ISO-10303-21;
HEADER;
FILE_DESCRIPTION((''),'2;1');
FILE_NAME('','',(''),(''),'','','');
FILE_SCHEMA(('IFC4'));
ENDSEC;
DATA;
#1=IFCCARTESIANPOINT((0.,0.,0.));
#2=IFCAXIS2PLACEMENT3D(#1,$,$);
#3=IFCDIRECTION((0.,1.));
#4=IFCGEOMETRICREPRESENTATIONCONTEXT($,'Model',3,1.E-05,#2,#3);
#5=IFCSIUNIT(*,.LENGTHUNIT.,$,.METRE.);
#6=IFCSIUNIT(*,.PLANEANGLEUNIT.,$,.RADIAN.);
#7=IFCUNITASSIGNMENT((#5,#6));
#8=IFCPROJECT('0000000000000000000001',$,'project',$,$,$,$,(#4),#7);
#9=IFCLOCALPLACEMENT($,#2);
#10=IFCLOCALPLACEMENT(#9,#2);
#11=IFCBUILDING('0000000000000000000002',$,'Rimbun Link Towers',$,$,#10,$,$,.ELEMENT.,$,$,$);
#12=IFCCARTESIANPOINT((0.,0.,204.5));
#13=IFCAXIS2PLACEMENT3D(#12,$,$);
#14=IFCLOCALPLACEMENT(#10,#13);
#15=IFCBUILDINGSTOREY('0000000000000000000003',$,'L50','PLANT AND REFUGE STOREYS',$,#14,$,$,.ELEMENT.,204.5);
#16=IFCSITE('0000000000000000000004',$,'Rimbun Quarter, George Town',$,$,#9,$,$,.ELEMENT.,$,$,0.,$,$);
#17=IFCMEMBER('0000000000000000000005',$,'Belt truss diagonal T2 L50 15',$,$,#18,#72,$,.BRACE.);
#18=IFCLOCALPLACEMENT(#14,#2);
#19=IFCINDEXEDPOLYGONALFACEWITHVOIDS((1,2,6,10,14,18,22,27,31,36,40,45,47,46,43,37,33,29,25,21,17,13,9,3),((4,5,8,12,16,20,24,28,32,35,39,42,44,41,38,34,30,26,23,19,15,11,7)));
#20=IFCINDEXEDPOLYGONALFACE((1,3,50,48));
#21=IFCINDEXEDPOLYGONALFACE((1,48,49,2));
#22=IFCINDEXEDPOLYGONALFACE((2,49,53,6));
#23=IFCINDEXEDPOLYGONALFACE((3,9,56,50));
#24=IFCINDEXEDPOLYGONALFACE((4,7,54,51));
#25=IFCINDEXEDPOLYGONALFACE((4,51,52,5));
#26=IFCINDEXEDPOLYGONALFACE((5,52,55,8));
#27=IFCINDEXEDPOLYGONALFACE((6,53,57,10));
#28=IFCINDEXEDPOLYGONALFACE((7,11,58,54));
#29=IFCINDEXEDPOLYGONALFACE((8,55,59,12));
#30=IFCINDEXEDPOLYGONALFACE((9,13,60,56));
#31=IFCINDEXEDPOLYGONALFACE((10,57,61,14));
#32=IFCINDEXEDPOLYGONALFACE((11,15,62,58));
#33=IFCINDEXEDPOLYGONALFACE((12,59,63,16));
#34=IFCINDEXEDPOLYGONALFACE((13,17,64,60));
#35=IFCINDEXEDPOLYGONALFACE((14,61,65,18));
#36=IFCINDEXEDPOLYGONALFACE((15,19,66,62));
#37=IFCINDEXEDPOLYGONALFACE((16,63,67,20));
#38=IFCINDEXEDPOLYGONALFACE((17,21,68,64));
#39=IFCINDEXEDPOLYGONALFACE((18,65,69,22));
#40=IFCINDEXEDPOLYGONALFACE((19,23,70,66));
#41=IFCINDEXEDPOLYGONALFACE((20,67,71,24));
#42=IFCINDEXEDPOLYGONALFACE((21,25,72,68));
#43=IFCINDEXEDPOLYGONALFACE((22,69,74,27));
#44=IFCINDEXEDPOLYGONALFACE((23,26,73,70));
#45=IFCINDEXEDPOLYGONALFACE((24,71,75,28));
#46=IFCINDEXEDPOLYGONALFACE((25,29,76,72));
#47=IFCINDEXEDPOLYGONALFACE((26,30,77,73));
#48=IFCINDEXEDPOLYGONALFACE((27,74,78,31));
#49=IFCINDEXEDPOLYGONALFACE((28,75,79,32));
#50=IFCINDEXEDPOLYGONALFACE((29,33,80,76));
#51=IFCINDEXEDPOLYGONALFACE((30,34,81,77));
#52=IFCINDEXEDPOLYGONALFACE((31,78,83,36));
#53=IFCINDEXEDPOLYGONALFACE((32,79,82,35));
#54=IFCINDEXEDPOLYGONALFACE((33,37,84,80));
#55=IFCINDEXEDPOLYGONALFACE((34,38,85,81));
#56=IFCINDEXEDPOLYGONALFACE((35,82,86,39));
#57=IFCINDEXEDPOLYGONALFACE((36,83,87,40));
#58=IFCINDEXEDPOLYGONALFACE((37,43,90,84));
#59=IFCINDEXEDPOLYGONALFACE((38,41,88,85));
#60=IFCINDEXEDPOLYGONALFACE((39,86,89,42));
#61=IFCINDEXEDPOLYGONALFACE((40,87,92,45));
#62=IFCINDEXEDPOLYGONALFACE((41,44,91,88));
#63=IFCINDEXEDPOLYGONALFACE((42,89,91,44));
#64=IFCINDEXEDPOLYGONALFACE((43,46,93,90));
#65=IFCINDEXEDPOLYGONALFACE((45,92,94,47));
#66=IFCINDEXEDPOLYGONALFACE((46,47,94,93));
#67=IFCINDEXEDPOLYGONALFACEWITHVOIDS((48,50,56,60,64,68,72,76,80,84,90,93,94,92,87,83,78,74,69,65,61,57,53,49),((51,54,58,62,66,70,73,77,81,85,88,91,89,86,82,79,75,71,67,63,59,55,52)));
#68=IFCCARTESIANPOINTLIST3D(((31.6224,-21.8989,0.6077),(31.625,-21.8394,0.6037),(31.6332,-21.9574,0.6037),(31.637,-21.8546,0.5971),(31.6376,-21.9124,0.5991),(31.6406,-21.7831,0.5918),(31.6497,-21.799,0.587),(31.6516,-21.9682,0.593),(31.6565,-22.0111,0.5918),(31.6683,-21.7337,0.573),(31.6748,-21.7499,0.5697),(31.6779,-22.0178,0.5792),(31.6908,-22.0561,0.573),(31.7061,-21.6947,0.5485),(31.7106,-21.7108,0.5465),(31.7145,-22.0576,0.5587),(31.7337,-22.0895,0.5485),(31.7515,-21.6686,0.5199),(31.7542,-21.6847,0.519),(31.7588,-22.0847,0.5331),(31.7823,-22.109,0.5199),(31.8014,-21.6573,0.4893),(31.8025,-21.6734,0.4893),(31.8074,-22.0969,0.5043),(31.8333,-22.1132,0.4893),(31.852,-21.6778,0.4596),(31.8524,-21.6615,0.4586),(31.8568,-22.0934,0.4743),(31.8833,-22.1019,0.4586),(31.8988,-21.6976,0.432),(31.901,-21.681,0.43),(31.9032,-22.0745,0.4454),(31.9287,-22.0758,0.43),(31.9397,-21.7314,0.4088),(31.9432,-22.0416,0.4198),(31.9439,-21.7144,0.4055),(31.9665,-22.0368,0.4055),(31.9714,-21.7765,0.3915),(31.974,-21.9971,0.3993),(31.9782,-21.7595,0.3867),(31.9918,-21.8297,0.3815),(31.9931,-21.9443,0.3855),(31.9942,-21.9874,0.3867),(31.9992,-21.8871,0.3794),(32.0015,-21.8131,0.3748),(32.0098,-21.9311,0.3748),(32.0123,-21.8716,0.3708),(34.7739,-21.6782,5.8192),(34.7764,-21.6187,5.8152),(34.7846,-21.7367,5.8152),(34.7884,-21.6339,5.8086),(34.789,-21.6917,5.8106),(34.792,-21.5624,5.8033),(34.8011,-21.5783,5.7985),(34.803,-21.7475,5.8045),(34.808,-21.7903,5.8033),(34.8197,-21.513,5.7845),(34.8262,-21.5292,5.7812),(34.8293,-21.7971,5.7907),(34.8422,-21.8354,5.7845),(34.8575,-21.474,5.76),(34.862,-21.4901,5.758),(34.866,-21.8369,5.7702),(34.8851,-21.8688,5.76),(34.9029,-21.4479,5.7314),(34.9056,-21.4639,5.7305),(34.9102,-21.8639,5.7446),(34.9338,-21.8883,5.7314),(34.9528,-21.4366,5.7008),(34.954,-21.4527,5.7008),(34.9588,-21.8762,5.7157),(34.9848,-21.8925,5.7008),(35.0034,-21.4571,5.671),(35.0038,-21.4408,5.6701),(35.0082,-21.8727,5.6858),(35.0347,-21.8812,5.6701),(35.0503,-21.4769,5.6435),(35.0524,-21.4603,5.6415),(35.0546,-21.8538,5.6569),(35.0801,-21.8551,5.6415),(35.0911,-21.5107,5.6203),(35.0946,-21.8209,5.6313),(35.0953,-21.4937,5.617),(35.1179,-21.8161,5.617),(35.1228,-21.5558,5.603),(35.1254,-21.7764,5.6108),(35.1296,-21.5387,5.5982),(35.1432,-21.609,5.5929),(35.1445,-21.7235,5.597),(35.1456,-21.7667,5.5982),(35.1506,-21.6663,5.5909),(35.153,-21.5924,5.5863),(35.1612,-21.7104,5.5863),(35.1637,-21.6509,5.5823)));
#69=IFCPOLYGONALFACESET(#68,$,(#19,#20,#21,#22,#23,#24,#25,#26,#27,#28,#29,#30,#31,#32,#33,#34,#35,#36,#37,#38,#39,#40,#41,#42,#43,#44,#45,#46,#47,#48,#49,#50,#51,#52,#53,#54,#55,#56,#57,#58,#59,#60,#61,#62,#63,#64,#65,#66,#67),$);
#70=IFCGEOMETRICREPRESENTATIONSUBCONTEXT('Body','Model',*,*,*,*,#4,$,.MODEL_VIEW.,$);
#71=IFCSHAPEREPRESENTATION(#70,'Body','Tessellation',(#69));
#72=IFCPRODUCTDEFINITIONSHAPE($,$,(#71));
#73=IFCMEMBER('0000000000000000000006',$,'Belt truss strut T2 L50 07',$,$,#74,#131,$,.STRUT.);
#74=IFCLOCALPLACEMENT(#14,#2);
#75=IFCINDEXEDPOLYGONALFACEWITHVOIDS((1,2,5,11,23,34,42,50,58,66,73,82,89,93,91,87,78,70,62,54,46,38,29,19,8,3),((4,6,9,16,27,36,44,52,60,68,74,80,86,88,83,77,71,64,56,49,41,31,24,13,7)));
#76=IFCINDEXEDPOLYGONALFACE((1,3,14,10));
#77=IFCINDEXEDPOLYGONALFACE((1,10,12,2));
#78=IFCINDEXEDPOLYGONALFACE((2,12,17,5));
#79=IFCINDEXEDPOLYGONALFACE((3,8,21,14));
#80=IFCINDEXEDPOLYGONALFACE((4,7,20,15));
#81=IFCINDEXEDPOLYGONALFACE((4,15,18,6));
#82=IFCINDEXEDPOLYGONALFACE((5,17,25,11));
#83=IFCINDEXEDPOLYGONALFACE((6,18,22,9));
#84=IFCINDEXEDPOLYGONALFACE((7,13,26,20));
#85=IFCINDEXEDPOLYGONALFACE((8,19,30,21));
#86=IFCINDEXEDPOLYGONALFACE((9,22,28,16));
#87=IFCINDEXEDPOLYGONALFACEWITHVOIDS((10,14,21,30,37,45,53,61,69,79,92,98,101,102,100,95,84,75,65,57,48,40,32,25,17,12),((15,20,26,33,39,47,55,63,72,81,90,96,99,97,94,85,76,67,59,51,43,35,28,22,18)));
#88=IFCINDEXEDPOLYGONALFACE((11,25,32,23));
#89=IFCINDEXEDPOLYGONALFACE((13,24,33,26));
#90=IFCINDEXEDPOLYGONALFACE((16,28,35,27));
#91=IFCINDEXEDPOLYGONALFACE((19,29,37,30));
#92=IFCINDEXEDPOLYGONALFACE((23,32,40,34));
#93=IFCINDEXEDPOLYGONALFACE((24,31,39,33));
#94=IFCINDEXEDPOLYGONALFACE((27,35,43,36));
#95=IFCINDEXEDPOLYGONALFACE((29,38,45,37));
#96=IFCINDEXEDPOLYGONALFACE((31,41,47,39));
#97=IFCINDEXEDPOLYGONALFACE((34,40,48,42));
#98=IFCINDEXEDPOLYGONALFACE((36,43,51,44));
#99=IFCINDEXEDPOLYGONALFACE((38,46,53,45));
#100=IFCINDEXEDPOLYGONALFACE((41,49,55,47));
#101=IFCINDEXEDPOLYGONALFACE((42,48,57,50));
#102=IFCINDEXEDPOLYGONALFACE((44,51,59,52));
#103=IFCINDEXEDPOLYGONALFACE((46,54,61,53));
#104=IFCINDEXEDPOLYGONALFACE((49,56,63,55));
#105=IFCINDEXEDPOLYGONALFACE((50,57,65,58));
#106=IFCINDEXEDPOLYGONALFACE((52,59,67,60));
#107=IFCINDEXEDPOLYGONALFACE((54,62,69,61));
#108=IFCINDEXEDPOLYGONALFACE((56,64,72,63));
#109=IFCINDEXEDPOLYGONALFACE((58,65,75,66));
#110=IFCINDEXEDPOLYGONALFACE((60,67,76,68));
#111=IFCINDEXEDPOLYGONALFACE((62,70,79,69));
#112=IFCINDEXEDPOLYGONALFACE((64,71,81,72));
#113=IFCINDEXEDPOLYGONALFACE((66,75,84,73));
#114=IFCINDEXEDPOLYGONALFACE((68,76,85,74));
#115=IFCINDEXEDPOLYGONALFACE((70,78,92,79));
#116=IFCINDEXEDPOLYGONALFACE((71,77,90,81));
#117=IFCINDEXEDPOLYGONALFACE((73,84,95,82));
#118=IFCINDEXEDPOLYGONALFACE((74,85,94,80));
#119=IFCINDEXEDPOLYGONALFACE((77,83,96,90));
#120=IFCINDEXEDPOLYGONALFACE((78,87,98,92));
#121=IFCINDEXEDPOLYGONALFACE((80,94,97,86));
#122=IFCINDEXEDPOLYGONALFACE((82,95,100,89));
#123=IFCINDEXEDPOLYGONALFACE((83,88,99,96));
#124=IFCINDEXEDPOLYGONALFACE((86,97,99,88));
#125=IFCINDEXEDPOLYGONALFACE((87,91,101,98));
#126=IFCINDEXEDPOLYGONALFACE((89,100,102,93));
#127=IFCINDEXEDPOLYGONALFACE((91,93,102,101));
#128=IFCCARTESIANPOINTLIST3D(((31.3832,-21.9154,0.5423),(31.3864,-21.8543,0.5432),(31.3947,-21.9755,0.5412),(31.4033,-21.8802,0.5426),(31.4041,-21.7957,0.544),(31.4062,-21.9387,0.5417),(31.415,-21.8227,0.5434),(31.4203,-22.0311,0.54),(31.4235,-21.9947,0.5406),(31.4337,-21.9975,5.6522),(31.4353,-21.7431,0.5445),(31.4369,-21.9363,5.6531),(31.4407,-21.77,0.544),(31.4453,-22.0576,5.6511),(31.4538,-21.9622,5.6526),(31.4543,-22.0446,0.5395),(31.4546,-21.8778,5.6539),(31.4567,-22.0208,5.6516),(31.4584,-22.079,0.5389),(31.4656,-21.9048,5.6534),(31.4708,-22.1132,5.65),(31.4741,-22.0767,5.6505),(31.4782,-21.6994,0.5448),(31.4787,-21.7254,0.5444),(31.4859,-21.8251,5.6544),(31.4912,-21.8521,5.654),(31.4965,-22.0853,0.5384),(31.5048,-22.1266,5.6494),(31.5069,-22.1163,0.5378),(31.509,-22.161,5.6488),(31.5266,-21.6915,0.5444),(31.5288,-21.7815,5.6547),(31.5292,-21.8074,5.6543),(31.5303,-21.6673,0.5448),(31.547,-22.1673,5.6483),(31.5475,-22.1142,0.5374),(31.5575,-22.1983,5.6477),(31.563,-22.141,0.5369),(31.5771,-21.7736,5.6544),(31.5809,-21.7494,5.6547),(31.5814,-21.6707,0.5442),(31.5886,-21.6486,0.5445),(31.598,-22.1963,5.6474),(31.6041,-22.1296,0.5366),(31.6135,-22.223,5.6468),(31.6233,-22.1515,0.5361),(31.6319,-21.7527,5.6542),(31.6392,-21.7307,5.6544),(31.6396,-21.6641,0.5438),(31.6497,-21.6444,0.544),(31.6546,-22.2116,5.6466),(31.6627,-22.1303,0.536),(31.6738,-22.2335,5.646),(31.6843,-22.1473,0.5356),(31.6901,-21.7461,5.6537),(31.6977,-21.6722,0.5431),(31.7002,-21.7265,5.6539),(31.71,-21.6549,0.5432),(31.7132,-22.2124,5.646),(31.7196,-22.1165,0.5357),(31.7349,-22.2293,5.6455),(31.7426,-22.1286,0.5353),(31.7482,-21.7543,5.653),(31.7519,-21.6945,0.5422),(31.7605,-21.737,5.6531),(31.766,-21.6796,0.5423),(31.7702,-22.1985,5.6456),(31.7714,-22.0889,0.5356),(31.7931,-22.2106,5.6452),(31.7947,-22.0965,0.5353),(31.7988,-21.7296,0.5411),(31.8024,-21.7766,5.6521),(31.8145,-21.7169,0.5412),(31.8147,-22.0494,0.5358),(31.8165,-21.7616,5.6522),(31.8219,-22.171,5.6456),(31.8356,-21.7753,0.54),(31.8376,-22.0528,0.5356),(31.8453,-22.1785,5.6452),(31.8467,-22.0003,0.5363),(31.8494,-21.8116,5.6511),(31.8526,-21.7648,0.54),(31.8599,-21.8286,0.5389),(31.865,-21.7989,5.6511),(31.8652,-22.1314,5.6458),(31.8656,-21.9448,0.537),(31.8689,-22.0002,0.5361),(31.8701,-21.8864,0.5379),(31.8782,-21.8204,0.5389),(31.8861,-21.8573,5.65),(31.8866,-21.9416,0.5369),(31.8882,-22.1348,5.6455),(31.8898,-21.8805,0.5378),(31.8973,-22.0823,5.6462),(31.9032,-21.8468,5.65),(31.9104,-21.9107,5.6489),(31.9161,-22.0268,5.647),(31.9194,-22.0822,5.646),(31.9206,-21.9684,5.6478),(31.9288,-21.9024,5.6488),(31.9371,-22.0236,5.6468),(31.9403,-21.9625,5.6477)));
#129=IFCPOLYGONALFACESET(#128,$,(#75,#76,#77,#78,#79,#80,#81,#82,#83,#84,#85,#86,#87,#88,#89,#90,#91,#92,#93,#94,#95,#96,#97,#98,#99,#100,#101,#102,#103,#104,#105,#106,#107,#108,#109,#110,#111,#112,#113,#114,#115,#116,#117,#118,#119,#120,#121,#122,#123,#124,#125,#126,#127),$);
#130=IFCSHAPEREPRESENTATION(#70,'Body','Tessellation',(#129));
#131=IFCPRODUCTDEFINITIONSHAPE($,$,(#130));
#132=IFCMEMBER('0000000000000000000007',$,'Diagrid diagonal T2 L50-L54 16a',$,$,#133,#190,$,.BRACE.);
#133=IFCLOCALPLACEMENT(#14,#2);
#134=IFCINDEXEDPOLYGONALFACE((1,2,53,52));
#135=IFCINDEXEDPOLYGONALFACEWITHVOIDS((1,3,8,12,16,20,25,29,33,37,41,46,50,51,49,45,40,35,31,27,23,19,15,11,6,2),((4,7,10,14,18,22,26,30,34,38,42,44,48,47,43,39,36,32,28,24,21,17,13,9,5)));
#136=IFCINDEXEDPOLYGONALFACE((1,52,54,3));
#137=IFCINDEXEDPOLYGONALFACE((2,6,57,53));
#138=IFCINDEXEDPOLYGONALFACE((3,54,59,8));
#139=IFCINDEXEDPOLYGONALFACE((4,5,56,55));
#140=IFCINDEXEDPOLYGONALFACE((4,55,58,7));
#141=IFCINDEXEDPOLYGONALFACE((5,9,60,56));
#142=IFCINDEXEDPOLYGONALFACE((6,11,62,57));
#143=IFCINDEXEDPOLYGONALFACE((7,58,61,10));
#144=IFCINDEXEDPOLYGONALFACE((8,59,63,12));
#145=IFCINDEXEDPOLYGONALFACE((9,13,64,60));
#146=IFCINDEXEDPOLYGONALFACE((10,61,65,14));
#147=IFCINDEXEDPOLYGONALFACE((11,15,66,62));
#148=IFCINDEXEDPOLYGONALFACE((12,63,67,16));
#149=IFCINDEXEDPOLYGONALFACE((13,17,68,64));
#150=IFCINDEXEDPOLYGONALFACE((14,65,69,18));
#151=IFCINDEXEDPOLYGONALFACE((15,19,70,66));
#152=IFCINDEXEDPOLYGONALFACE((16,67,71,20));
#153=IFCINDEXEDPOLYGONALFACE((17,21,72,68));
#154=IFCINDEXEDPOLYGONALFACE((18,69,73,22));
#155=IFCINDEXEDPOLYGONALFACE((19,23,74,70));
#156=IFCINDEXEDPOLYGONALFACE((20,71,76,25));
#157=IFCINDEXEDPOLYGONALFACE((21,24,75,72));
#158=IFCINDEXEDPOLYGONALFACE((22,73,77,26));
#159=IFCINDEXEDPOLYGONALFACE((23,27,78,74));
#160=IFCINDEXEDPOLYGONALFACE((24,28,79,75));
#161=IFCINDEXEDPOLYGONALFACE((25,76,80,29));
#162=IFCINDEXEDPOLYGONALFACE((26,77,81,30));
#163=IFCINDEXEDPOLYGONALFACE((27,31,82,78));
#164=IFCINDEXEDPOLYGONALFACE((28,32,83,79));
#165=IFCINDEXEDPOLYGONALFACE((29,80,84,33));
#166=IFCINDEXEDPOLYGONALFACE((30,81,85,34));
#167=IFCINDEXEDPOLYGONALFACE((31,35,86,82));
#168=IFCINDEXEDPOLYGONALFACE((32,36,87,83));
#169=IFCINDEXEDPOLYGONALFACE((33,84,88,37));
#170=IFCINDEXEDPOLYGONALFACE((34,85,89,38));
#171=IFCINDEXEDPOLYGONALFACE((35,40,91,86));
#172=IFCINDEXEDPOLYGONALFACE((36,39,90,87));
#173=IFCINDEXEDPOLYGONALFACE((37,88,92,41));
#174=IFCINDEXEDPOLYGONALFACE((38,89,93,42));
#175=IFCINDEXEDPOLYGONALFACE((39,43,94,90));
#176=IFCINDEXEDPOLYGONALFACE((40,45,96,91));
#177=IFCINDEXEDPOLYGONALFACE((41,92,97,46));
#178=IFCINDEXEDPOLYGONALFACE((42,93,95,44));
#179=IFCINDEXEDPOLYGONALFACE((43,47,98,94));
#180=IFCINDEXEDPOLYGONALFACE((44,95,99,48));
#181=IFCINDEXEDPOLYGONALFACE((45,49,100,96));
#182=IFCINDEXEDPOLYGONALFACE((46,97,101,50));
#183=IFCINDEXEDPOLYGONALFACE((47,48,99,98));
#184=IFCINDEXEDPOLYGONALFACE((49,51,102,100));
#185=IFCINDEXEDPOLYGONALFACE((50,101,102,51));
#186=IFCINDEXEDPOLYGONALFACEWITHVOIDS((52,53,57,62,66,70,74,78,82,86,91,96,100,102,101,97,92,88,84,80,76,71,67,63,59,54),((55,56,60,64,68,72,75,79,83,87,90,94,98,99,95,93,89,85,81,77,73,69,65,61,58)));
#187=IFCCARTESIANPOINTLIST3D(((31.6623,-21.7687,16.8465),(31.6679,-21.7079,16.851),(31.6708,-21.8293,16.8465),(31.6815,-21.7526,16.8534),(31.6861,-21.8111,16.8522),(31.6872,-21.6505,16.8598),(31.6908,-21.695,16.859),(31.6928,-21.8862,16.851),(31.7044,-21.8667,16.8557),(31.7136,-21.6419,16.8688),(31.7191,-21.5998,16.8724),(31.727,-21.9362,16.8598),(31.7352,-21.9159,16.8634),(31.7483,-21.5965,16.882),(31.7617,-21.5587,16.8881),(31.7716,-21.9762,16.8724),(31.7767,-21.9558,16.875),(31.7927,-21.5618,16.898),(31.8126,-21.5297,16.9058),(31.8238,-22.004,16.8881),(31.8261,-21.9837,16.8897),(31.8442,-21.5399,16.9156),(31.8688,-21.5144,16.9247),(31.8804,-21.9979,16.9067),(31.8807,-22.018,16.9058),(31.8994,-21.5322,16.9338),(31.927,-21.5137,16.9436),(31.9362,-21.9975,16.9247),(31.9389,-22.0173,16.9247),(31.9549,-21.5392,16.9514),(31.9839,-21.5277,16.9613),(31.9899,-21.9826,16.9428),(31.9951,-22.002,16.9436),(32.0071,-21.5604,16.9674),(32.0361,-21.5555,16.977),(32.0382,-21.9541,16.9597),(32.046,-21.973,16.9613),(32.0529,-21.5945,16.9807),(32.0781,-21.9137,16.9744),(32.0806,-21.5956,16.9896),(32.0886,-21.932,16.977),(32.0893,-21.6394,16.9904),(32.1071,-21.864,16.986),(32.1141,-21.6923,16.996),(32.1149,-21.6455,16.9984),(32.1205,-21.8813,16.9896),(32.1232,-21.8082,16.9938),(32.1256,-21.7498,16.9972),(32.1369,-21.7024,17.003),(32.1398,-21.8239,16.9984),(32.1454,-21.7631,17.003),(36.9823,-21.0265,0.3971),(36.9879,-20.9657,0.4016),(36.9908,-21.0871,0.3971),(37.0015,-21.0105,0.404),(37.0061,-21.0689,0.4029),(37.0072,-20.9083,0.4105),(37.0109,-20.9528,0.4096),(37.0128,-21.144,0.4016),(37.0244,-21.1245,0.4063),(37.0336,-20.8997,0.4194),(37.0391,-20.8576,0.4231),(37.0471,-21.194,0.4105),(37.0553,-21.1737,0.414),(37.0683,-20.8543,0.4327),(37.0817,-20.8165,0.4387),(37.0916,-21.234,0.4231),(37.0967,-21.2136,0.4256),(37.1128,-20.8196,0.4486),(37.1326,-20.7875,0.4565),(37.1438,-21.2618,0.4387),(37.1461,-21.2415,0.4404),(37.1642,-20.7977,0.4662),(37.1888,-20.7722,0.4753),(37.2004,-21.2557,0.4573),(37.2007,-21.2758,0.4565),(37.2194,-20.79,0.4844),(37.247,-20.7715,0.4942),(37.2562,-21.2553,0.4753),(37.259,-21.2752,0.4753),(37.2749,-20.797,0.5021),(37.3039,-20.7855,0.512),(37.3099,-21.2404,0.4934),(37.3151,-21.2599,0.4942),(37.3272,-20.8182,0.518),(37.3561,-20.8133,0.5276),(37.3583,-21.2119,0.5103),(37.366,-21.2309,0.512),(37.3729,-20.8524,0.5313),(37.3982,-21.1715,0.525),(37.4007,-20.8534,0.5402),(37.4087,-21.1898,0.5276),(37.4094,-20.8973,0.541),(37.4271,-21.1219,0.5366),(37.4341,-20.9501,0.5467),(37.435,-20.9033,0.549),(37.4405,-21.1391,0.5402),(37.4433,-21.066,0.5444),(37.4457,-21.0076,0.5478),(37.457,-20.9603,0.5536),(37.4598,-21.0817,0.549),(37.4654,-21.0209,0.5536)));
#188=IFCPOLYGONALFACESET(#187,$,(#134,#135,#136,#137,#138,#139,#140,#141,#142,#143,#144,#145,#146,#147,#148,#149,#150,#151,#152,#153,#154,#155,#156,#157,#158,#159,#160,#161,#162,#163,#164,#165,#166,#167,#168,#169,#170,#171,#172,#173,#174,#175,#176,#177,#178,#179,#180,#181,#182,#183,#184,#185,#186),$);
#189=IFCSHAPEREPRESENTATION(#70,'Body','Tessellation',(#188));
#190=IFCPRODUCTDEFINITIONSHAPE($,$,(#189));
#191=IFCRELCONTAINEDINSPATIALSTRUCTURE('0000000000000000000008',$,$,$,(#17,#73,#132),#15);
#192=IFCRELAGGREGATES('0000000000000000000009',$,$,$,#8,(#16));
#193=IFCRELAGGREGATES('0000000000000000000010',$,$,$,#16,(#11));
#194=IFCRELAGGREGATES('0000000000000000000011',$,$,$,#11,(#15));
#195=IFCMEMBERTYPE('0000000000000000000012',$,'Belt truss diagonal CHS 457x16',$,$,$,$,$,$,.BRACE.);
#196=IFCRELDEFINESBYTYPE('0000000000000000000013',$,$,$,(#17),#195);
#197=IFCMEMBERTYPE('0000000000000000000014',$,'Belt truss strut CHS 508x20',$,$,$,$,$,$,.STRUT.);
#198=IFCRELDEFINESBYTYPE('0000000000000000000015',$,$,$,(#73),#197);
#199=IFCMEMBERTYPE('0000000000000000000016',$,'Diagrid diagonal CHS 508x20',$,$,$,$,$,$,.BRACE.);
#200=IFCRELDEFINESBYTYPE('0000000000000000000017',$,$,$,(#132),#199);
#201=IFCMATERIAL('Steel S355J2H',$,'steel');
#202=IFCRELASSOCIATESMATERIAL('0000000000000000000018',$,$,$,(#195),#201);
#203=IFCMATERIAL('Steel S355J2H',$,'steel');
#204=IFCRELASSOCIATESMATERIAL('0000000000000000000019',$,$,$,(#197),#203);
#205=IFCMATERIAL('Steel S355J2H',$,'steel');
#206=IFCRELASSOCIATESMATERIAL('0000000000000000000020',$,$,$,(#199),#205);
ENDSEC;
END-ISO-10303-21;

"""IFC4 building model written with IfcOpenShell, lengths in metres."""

from ifc_helpers import new_model, si_unit, direction, frame, origin, origin_2d, place, context, subcontext, project, spatial, hollow_circle, extrude, material, material_profile, profile_set, type_object, element, save


model = new_model("IFC4")

# Units and contexts
model_context = context("Model", 3, precision=1e-05, world=origin(), true_north=direction((0.0, 1.0)))
body_context = subcontext(model_context, "Body", "Model", "MODEL_VIEW")
ifc_project = project(units=[si_unit("LENGTHUNIT", "METRE"), si_unit("PLANEANGLEUNIT", "RADIAN")], contexts=[model_context])

# Site, building, storey
site_placement = place(None, origin())
site = spatial("IfcSite", under=ifc_project, at=site_placement, Name="Rimbun Quarter, George Town", CompositionType="ELEMENT", RefElevation=0.0)
building_placement = place(site_placement, origin())
building = spatial("IfcBuilding", under=site, at=building_placement, Name="Rimbun Link Towers", CompositionType="ELEMENT")
storey_placement = place(building_placement, frame((0.0, 0.0, 204.5)))
storey = spatial("IfcBuildingStorey", under=building, at=storey_placement, Name="L50", Description="PLANT AND REFUGE STOREYS", CompositionType="ELEMENT", Elevation=204.5)

# Members
ifc_material_1 = material(Name="Steel S355J2H", Category="steel")
ifc_material_profile_1 = material_profile(ifc_material_1, hollow_circle(Radius=0.2285, WallThickness=0.0161, at=origin_2d()), Name="Belt truss diagonal CHS 457x16")
ifc_profile_set_1 = profile_set([ifc_material_profile_1], Name="Steel S355J2H")
member_type_1 = type_object("IfcMemberType", Name="Belt truss diagonal CHS 457x16", PredefinedType="BRACE", material=ifc_profile_set_1)
member_1_placement = place(storey_placement, frame((31.8174, -21.8853, 0.4893), z_axis=(0.517113, 0.036216, 0.855151), x_axis=(-0.069863, 0.997557, 0.0)))
element("IfcMember", 1, at=member_1_placement, inside=storey, type_object=member_type_1, Name="Belt truss diagonal T2 L50 15", PredefinedType="BRACE", context=body_context, shape_type="SweptSolid", body=[
    extrude(hollow_circle(Radius=0.2285, WallThickness=0.0161, at=origin_2d()), origin(), (0.0, 0.0, 1.0), 6.0942),
])
ifc_material_2 = material(Name="Steel S355J2H", Category="steel")
ifc_material_profile_2 = material_profile(ifc_material_2, hollow_circle(Radius=0.2539, WallThickness=0.02, at=origin_2d()), Name="Belt truss strut CHS 508x20")
ifc_profile_set_2 = profile_set([ifc_material_profile_2], Name="Steel S355J2H")
member_type_2 = type_object("IfcMemberType", Name="Belt truss strut CHS 508x20", PredefinedType="STRUT", material=ifc_profile_set_2)
member_2_placement = place(storey_placement, frame((31.6365, -21.8979, 0.54), z_axis=(0.009888, -0.016051, 0.999822), x_axis=(0.851397, 0.524521, 0.0)))
element("IfcMember", 2, at=member_2_placement, inside=storey, type_object=member_type_2, Name="Belt truss strut T2 L50 07", PredefinedType="STRUT", context=body_context, shape_type="SweptSolid", body=[
    extrude(hollow_circle(Radius=0.2539, WallThickness=0.02, at=origin_2d()), origin(), (0.0, 0.0, 1.0), 5.1108),
])
ifc_material_3 = material(Name="Steel S355J2H", Category="steel")
ifc_material_profile_3 = material_profile(ifc_material_3, hollow_circle(Radius=0.2539, WallThickness=0.02, at=origin_2d()), Name="Diagrid diagonal CHS 508x20")
ifc_profile_set_3 = profile_set([ifc_material_profile_3], Name="Steel S355J2H")
member_type_3 = type_object("IfcMemberType", Name="Diagrid diagonal CHS 508x20", PredefinedType="BRACE", material=ifc_profile_set_3)
member_3_placement = place(storey_placement, frame((37.2239, -21.0237, 0.4753), z_axis=(-0.307442, -0.04289, 0.9506), x_axis=(0.138169, -0.990409, 0.0)))
element("IfcMember", 3, at=member_3_placement, inside=storey, type_object=member_type_3, Name="Diagrid diagonal T2 L50-L54 16a", PredefinedType="BRACE", context=body_context, shape_type="SweptSolid", body=[
    extrude(hollow_circle(Radius=0.2539, WallThickness=0.02, at=origin_2d()), origin(), (0.0, 0.0, 1.0), 17.3042),
])

save(model, "model.ifc")
